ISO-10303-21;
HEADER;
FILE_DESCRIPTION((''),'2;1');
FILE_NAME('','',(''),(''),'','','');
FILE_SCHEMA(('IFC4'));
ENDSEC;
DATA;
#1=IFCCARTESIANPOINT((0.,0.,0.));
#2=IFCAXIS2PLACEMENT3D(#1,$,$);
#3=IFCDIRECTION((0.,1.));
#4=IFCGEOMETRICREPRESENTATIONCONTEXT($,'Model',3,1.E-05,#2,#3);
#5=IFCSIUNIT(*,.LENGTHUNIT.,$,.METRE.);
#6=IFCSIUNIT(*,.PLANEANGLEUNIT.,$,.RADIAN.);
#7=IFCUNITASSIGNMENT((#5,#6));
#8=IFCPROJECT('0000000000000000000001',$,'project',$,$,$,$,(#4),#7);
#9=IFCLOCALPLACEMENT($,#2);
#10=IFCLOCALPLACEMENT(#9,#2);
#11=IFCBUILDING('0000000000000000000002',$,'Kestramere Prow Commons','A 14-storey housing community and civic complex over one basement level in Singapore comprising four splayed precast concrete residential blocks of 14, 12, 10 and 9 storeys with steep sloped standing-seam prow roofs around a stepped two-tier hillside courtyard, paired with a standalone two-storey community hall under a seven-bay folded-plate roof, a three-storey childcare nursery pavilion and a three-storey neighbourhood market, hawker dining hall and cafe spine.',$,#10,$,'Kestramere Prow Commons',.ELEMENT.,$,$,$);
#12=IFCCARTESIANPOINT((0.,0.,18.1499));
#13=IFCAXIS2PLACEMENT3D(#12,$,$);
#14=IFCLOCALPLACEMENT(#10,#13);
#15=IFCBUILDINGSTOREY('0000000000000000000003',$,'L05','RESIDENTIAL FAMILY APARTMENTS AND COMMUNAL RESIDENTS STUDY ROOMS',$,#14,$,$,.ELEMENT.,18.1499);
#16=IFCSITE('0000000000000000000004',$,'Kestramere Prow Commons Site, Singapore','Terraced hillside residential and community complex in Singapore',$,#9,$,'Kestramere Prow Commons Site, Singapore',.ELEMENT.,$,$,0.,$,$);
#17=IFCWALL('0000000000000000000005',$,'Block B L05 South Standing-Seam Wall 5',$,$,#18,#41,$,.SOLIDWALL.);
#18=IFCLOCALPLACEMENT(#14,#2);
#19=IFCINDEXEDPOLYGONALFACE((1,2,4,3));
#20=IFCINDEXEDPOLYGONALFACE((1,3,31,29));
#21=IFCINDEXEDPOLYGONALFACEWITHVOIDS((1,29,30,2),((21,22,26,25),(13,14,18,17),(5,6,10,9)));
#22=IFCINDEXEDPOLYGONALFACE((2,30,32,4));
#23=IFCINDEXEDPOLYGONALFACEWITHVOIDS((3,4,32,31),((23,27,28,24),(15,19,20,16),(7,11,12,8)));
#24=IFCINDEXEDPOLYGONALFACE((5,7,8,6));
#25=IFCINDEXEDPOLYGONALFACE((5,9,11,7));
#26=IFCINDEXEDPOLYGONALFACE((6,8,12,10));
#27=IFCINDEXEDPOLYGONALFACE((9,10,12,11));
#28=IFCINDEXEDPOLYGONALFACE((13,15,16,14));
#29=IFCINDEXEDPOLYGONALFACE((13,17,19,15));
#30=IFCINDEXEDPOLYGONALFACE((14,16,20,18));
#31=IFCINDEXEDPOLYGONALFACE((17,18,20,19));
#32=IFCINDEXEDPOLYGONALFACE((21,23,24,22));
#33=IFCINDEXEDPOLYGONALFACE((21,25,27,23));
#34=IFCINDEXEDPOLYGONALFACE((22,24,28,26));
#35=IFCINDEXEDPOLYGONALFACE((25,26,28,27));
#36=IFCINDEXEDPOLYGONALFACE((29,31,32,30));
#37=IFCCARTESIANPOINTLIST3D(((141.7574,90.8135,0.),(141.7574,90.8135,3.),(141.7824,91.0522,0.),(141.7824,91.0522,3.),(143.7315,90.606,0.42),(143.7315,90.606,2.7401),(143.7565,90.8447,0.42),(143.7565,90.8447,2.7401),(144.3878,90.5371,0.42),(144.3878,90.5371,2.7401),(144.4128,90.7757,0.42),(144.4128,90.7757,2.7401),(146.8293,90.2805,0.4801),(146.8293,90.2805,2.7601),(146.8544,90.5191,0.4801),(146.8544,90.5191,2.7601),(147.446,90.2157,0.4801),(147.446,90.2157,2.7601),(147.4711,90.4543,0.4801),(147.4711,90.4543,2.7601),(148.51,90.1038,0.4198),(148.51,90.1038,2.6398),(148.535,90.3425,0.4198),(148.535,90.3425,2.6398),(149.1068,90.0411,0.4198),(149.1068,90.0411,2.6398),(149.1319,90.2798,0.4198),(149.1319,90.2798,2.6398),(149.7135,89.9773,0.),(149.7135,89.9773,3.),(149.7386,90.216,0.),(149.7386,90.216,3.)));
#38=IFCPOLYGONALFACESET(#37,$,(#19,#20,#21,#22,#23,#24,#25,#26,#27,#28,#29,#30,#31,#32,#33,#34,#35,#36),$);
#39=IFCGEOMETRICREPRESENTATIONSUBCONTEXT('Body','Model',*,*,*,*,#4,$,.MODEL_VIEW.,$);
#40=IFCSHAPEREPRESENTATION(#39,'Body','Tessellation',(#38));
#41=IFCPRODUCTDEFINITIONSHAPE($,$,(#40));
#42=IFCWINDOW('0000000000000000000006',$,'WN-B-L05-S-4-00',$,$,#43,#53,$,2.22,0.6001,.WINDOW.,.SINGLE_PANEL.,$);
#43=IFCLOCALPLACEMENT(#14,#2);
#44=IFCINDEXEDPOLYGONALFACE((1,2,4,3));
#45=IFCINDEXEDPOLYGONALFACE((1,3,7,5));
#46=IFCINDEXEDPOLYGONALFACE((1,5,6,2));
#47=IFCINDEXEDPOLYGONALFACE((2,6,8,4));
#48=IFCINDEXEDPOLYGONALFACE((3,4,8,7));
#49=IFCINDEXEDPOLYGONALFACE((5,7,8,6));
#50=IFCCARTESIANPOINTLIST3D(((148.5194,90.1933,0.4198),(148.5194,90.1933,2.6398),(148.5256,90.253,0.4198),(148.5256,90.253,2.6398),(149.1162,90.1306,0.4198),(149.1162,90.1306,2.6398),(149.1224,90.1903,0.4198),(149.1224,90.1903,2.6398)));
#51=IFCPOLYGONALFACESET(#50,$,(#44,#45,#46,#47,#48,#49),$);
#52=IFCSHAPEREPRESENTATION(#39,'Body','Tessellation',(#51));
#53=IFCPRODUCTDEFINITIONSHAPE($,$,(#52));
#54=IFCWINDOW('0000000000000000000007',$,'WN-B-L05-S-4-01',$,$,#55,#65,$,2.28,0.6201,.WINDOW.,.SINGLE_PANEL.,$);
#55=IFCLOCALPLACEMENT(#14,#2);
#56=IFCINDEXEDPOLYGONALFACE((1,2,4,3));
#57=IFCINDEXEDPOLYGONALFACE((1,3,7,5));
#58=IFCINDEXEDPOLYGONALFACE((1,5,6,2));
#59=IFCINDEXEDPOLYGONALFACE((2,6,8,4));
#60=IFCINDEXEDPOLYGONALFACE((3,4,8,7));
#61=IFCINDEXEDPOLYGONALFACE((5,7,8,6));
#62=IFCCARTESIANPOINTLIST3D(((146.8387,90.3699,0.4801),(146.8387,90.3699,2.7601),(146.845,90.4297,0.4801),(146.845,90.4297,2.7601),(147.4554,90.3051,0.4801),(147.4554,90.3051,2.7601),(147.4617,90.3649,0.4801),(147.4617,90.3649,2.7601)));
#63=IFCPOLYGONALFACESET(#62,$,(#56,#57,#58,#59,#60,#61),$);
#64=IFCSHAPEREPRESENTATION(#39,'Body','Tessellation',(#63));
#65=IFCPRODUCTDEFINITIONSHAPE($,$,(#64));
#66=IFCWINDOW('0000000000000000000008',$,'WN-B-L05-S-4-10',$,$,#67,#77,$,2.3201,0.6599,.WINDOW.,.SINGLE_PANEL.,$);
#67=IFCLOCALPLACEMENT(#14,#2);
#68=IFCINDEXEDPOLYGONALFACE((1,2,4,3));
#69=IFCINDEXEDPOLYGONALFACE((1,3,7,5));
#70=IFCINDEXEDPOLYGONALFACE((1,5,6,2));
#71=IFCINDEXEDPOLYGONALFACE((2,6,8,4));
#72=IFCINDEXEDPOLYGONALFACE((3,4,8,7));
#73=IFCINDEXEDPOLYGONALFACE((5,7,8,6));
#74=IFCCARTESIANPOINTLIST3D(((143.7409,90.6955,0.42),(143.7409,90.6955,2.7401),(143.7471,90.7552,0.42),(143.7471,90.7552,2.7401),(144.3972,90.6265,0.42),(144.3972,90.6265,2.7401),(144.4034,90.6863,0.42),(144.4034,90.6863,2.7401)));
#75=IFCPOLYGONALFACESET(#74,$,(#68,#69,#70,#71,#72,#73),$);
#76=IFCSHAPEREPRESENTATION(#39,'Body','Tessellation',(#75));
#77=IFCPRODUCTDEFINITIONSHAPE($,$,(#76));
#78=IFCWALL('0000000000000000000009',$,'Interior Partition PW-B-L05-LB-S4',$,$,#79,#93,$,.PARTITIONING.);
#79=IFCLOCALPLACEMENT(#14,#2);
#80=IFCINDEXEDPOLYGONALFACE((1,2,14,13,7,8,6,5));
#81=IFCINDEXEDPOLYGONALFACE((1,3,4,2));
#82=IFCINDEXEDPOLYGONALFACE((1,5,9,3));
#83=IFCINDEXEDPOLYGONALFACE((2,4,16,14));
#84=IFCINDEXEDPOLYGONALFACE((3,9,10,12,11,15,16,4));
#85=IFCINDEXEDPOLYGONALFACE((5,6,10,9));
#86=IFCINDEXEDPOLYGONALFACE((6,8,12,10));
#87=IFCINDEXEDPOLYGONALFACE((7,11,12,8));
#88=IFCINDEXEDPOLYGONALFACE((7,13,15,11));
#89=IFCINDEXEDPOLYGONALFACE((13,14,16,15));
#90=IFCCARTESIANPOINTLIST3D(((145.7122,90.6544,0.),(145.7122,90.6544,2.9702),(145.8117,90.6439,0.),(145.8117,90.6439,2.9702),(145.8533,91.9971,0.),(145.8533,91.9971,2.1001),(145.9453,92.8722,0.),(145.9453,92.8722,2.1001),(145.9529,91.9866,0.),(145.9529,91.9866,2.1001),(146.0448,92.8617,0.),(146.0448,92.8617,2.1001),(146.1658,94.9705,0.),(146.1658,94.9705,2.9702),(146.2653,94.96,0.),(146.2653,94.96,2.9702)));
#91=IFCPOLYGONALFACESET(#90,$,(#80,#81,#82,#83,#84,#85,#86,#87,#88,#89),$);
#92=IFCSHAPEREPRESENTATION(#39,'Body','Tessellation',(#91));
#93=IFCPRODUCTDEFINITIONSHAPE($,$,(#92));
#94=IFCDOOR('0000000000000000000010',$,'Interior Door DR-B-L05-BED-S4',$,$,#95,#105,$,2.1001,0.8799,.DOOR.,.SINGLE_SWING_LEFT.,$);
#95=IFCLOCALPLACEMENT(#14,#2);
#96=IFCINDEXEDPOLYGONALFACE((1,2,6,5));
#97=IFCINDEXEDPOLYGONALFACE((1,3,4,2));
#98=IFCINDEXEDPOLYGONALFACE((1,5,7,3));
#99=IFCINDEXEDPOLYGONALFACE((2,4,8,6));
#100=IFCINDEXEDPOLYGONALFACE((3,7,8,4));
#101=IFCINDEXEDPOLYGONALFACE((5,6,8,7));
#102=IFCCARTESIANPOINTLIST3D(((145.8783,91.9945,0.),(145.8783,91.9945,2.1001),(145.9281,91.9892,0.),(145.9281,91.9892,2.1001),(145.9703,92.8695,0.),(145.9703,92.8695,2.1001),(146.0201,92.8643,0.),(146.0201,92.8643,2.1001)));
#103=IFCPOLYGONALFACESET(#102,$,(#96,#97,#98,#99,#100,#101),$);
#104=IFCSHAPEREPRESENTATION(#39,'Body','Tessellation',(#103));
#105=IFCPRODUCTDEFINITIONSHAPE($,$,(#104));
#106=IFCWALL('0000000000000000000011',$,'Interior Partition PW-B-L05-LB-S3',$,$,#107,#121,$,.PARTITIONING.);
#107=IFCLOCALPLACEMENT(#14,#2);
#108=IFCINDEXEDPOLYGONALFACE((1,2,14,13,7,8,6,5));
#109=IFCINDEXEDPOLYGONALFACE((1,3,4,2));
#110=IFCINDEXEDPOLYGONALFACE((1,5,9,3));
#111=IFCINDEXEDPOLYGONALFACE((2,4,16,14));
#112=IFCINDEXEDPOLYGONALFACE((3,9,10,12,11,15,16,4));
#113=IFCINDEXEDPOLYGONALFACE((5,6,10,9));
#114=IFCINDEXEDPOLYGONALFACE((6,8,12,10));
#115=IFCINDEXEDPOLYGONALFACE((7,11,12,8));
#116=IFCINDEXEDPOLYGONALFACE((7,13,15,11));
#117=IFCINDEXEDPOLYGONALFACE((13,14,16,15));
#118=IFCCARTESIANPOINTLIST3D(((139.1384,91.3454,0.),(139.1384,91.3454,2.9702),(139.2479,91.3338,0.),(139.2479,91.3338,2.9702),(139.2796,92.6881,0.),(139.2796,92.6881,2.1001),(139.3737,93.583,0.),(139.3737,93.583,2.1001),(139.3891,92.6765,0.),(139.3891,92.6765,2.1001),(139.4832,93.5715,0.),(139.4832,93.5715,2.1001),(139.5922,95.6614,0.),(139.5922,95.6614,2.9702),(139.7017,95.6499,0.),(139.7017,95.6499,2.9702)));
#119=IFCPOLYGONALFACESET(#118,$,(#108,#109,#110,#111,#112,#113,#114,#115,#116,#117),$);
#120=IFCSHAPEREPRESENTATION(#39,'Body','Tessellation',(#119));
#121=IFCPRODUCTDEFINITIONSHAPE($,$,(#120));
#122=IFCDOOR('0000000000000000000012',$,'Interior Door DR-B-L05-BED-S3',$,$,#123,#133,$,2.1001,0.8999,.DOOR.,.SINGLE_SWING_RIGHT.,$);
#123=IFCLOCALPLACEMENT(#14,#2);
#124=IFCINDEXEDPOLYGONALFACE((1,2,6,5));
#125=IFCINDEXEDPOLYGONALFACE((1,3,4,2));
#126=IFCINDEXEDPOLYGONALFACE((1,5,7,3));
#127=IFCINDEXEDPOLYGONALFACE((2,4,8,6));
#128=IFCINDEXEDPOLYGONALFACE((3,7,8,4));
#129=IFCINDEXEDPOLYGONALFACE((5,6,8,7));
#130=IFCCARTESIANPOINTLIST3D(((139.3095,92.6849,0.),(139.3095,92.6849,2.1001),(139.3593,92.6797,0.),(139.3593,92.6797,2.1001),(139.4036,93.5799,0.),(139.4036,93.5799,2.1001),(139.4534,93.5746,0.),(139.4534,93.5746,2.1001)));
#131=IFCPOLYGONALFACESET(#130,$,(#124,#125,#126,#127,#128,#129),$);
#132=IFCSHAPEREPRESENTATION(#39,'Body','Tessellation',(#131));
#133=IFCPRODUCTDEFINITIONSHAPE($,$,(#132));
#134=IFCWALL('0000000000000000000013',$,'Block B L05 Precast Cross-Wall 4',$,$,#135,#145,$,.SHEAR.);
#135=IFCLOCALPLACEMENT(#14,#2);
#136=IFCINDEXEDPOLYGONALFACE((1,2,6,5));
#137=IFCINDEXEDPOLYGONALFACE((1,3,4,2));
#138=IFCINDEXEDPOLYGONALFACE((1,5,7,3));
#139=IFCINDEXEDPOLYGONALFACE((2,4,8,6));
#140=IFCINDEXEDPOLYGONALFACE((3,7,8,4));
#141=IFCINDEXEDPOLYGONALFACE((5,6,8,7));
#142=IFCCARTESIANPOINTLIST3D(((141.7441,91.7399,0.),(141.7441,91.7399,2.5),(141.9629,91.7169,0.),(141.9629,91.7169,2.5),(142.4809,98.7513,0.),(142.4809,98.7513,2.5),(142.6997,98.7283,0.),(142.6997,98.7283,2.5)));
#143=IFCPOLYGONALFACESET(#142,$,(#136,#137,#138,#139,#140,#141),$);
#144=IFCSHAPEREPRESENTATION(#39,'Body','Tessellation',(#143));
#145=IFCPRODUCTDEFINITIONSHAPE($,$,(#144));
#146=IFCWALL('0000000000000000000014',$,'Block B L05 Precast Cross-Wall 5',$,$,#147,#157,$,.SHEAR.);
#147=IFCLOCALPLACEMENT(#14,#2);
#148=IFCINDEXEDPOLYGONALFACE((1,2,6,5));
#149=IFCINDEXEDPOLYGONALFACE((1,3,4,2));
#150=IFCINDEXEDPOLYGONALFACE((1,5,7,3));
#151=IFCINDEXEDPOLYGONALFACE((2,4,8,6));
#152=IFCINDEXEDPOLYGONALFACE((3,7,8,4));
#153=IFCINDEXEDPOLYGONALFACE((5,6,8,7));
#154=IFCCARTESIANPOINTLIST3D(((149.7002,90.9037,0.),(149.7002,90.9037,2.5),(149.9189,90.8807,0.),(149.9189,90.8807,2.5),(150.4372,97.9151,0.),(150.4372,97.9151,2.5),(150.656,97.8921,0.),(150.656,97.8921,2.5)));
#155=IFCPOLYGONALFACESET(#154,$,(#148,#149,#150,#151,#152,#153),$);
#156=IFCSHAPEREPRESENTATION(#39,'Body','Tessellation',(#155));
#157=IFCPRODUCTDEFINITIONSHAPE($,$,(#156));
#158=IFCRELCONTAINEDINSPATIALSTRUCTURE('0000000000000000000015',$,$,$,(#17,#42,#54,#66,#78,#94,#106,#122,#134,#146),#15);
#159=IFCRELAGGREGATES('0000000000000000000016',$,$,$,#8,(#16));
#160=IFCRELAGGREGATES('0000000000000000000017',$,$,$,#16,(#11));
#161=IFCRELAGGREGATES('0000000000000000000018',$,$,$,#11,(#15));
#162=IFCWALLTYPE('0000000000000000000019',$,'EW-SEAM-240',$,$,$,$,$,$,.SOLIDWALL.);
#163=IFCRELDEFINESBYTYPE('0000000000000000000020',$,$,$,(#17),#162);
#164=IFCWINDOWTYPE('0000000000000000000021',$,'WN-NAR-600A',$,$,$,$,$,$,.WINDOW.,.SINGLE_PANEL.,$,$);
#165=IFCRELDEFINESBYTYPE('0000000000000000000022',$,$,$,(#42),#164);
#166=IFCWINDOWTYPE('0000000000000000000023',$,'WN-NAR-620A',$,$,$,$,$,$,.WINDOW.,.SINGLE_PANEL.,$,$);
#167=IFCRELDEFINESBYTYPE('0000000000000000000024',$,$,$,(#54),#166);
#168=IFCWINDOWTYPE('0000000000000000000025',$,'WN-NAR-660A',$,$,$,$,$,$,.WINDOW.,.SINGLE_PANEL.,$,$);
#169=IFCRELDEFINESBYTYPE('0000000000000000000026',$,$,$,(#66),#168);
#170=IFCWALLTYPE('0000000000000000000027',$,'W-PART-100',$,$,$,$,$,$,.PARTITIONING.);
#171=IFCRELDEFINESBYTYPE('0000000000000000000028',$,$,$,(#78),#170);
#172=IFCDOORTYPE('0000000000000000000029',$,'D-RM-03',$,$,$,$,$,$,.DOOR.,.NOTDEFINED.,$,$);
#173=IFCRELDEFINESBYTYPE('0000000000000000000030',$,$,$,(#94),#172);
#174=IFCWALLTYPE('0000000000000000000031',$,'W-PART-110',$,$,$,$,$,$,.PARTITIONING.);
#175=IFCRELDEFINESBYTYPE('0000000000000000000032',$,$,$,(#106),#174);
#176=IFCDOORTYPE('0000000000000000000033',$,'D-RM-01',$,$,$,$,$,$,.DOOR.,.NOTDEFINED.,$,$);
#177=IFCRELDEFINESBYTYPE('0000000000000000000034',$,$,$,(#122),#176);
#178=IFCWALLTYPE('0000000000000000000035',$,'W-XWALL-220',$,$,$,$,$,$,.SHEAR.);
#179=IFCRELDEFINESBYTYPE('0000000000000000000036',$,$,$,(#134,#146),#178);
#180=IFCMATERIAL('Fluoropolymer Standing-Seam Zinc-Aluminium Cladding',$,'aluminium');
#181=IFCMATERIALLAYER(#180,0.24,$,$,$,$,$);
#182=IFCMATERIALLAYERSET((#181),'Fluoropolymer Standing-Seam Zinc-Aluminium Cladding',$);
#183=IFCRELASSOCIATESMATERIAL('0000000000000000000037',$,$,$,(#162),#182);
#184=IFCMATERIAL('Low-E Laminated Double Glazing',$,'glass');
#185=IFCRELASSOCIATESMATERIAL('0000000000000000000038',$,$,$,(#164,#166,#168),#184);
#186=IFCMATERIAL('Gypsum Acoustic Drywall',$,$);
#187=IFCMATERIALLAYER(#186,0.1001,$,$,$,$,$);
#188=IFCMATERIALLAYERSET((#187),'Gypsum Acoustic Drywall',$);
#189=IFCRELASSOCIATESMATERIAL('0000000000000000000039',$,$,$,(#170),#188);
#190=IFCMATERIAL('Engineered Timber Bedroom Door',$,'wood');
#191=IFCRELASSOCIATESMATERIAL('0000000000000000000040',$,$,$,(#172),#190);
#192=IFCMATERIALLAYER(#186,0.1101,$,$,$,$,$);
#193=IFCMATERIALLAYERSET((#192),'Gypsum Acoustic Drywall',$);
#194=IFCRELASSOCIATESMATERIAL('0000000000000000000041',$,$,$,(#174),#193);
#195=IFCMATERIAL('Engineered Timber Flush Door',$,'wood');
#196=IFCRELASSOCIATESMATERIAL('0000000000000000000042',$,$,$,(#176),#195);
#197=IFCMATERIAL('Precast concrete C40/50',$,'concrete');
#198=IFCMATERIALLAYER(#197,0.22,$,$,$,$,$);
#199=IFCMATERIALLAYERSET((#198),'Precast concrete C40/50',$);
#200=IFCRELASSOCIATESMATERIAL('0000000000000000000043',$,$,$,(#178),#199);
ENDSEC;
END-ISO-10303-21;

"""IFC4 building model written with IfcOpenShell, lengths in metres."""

from ifc_helpers import new_model, si_unit, direction, frame, frame_2d, origin, place, context, subcontext, project, spatial, rectangle, extrude, material, layer, layer_set, type_object, element, fill, save


model = new_model("IFC4")

# Units and contexts
model_context = context("Model", 3, precision=1e-05, world=origin(), true_north=direction((0.0, 1.0)))
body_context = subcontext(model_context, "Body", "Model", "MODEL_VIEW")
ifc_project = project(units=[si_unit("LENGTHUNIT", "METRE"), si_unit("PLANEANGLEUNIT", "RADIAN")], contexts=[model_context])

# Site, building, storey
site_placement = place(None, origin())
site = spatial("IfcSite", under=ifc_project, at=site_placement, Name="Kestramere Prow Commons Site, Singapore", Description="Terraced hillside residential and community complex in Singapore", LongName="Kestramere Prow Commons Site, Singapore", CompositionType="ELEMENT", RefElevation=0.0)
building_placement = place(site_placement, origin())
building = spatial("IfcBuilding", under=site, at=building_placement, Name="Kestramere Prow Commons", Description="A 14-storey housing community and civic complex over one basement level in Singapore comprising four splayed precast concrete residential blocks of 14, 12, 10 and 9 storeys with steep sloped standing-seam prow roofs around a stepped two-tier hillside courtyard, paired with a standalone two-storey community hall under a seven-bay folded-plate roof, a three-storey childcare nursery pavilion and a three-storey neighbourhood market, hawker dining hall and cafe spine.", LongName="Kestramere Prow Commons", CompositionType="ELEMENT")
storey_placement = place(building_placement, frame((0.0, 0.0, 18.1499)))
storey = spatial("IfcBuildingStorey", under=building, at=storey_placement, Name="L05", Description="RESIDENTIAL FAMILY APARTMENTS AND COMMUNAL RESIDENTS STUDY ROOMS", CompositionType="ELEMENT", Elevation=18.1499)

# Shared definitions
ifc_material_1 = material(Name="Precast concrete C40/50", Category="concrete")

# Shared definitions
ifc_material_2 = material(Name="Low-E Laminated Double Glazing", Category="glass")

# Shared definitions
ifc_material_3 = material(Name="Fluoropolymer Standing-Seam Zinc-Aluminium Cladding", Category="aluminium")
ifc_layer_1 = layer(ifc_material_3, 0.24)
ifc_layer_set_1 = layer_set([ifc_layer_1], Name="Fluoropolymer Standing-Seam Zinc-Aluminium Cladding")
wall_type_1 = type_object("IfcWallType", Name="EW-SEAM-240", PredefinedType="SOLIDWALL", material=ifc_layer_set_1)

# Wall, openings, windows
wall_1_placement = place(storey_placement, frame((149.7261, 90.0967, 0.0), z_axis=(0.0, 0.0, 1.0), x_axis=(-0.994523, 0.104521, 0.0)))
wall_1 = element("IfcWall", 1, at=wall_1_placement, inside=storey, type_object=wall_type_1, Name="Block B L05 South Standing-Seam Wall 5", PredefinedType="SOLIDWALL", context=body_context, shape_type="SweptSolid", body=[
    extrude(rectangle(XDim=8.0, YDim=0.24, at=frame_2d((4.0, 0.0))), origin(), (0.0, 0.0, 1.0), 3.0),
])
opening_1_placement = place(wall_1_placement, frame((0.6101, 0.0, 0.4199)))
opening_1 = element("IfcOpeningElement", 2, at=opening_1_placement, cuts=wall_1, PredefinedType="OPENING", context=body_context, shape_type="SweptSolid", body=[
    extrude(rectangle(XDim=0.6001, YDim=2.22, at=frame_2d((0.3, 1.1099))), frame((0.0, 0.135, 0.0), z_axis=(0.0, -1.0, 0.0), x_axis=(1.0, 0.0, 0.0)), (0.0, 0.0, 1.0), 0.27),
])
opening_2_placement = place(wall_1_placement, frame((2.28, 0.0, 0.48)))
opening_2 = element("IfcOpeningElement", 3, at=opening_2_placement, cuts=wall_1, PredefinedType="OPENING", context=body_context, shape_type="SweptSolid", body=[
    extrude(rectangle(XDim=0.6201, YDim=2.28, at=frame_2d((0.3101, 1.1401))), frame((0.0, 0.135, 0.0), z_axis=(0.0, -1.0, 0.0), x_axis=(1.0, 0.0, 0.0)), (0.0, 0.0, 1.0), 0.27),
])
opening_3_placement = place(wall_1_placement, frame((5.355, 0.0, 0.4199)))
opening_3 = element("IfcOpeningElement", 4, at=opening_3_placement, cuts=wall_1, PredefinedType="OPENING", context=body_context, shape_type="SweptSolid", body=[
    extrude(rectangle(XDim=0.6599, YDim=2.3201, at=frame_2d((0.3301, 1.1602))), frame((0.0, 0.135, 0.0), z_axis=(0.0, -1.0, 0.0), x_axis=(1.0, 0.0, 0.0)), (0.0, 0.0, 1.0), 0.27),
])
window_type_1 = type_object("IfcWindowType", Name="WN-NAR-600A", PartitioningType="SINGLE_PANEL", PredefinedType="WINDOW", material=ifc_material_2)
window_1_placement = place(opening_1_placement, origin())
window_1 = element("IfcWindow", 5, at=window_1_placement, inside=storey, type_object=window_type_1, Name="WN-B-L05-S-4-00", OverallHeight=2.22, OverallWidth=0.6001, PartitioningType="SINGLE_PANEL", PredefinedType="WINDOW", context=body_context, shape_type="SweptSolid", body=[
    extrude(rectangle(XDim=0.6001, YDim=2.22, at=frame_2d((0.3, 1.1099))), frame((0.0, 0.03, 0.0), z_axis=(0.0, -1.0, 0.0), x_axis=(1.0, 0.0, 0.0)), (0.0, 0.0, 1.0), 0.0601),
])
fill(opening_1, window_1)
window_type_2 = type_object("IfcWindowType", Name="WN-NAR-620A", PartitioningType="SINGLE_PANEL", PredefinedType="WINDOW", material=ifc_material_2)
window_2_placement = place(opening_2_placement, origin())
window_2 = element("IfcWindow", 6, at=window_2_placement, inside=storey, type_object=window_type_2, Name="WN-B-L05-S-4-01", OverallHeight=2.28, OverallWidth=0.6201, PartitioningType="SINGLE_PANEL", PredefinedType="WINDOW", context=body_context, shape_type="SweptSolid", body=[
    extrude(rectangle(XDim=0.6201, YDim=2.28, at=frame_2d((0.3101, 1.1401))), frame((0.0, 0.03, 0.0), z_axis=(0.0, -1.0, 0.0), x_axis=(1.0, 0.0, 0.0)), (0.0, 0.0, 1.0), 0.0601),
])
fill(opening_2, window_2)
window_type_3 = type_object("IfcWindowType", Name="WN-NAR-660A", PartitioningType="SINGLE_PANEL", PredefinedType="WINDOW", material=ifc_material_2)
window_3_placement = place(opening_3_placement, origin())
window_3 = element("IfcWindow", 7, at=window_3_placement, inside=storey, type_object=window_type_3, Name="WN-B-L05-S-4-10", OverallHeight=2.3201, OverallWidth=0.6599, PartitioningType="SINGLE_PANEL", PredefinedType="WINDOW", context=body_context, shape_type="SweptSolid", body=[
    extrude(rectangle(XDim=0.6599, YDim=2.3201, at=frame_2d((0.3301, 1.1602))), frame((0.0, 0.03, 0.0), z_axis=(0.0, -1.0, 0.0), x_axis=(1.0, 0.0, 0.0)), (0.0, 0.0, 1.0), 0.0601),
])
fill(opening_3, window_3)

# Walls, openings, doors
ifc_material_4 = material(Name="Gypsum Acoustic Drywall")
ifc_layer_2 = layer(ifc_material_4, 0.1001)
ifc_layer_set_2 = layer_set([ifc_layer_2], Name="Gypsum Acoustic Drywall")
wall_type_2 = type_object("IfcWallType", Name="W-PART-100", PredefinedType="PARTITIONING", material=ifc_layer_set_2)
wall_2_placement = place(storey_placement, frame((145.762, 90.6492, 0.0), z_axis=(0.0, 0.0, 1.0), x_axis=(0.104521, 0.994523, 0.0)))
wall_2 = element("IfcWall", 8, at=wall_2_placement, inside=storey, type_object=wall_type_2, Name="Interior Partition PW-B-L05-LB-S4", PredefinedType="PARTITIONING", context=body_context, shape_type="SweptSolid", body=[
    extrude(rectangle(XDim=4.3398, YDim=0.1001, at=frame_2d((2.1699, 0.0))), origin(), (0.0, 0.0, 1.0), 2.9702),
])
opening_4_placement = place(wall_2_placement, frame((1.3501, 0.0, 0.0)))
opening_4 = element("IfcOpeningElement", 9, at=opening_4_placement, cuts=wall_2, PredefinedType="OPENING", context=body_context, shape_type="SweptSolid", body=[
    extrude(rectangle(XDim=0.8799, YDim=2.1001, at=frame_2d((0.4399, 1.05))), frame((0.0, 0.0649, 0.0), z_axis=(0.0, -1.0, 0.0), x_axis=(1.0, 0.0, 0.0)), (0.0, 0.0, 1.0), 0.1301),
])
ifc_material_5 = material(Name="Engineered Timber Bedroom Door", Category="wood")
door_type_1 = type_object("IfcDoorType", Name="D-RM-03", OperationType="NOTDEFINED", PredefinedType="DOOR", material=ifc_material_5)
door_1_placement = place(opening_4_placement, origin())
door_1 = element("IfcDoor", 10, at=door_1_placement, inside=storey, type_object=door_type_1, Name="Interior Door DR-B-L05-BED-S4", OperationType="SINGLE_SWING_LEFT", OverallHeight=2.1001, OverallWidth=0.8799, PredefinedType="DOOR", context=body_context, shape_type="SweptSolid", body=[
    extrude(rectangle(XDim=0.8799, YDim=2.1001, at=frame_2d((0.4399, 1.05))), frame((0.0, 0.0249, 0.0), z_axis=(0.0, -1.0, 0.0), x_axis=(1.0, 0.0, 0.0)), (0.0, 0.0, 1.0), 0.05),
])
fill(opening_4, door_1)
ifc_layer_3 = layer(ifc_material_4, 0.1101)
ifc_layer_set_3 = layer_set([ifc_layer_3], Name="Gypsum Acoustic Drywall")
wall_type_3 = type_object("IfcWallType", Name="W-PART-110", PredefinedType="PARTITIONING", material=ifc_layer_set_3)
wall_3_placement = place(storey_placement, frame((139.1931, 91.3396, 0.0), z_axis=(0.0, 0.0, 1.0), x_axis=(0.104576, 0.994517, 0.0)))
wall_3 = element("IfcWall", 11, at=wall_3_placement, inside=storey, type_object=wall_type_3, Name="Interior Partition PW-B-L05-LB-S3", PredefinedType="PARTITIONING", context=body_context, shape_type="SweptSolid", body=[
    extrude(rectangle(XDim=4.3398, YDim=0.1101, at=frame_2d((2.1699, 0.0))), origin(), (0.0, 0.0, 1.0), 2.9702),
])
opening_5_placement = place(wall_3_placement, frame((1.3501, 0.0, 0.0)))
opening_5 = element("IfcOpeningElement", 12, at=opening_5_placement, cuts=wall_3, PredefinedType="OPENING", context=body_context, shape_type="SweptSolid", body=[
    extrude(rectangle(XDim=0.8999, YDim=2.1001, at=frame_2d((0.45, 1.05))), frame((0.0, 0.0701, 0.0), z_axis=(0.0, -1.0, 0.0), x_axis=(1.0, 0.0, 0.0)), (0.0, 0.0, 1.0), 0.1401),
])
ifc_material_6 = material(Name="Engineered Timber Flush Door", Category="wood")
door_type_2 = type_object("IfcDoorType", Name="D-RM-01", OperationType="NOTDEFINED", PredefinedType="DOOR", material=ifc_material_6)
door_2_placement = place(opening_5_placement, origin())
door_2 = element("IfcDoor", 13, at=door_2_placement, inside=storey, type_object=door_type_2, Name="Interior Door DR-B-L05-BED-S3", OperationType="SINGLE_SWING_RIGHT", OverallHeight=2.1001, OverallWidth=0.8999, PredefinedType="DOOR", context=body_context, shape_type="SweptSolid", body=[
    extrude(rectangle(XDim=0.8999, YDim=2.1001, at=frame_2d((0.45, 1.05))), frame((0.0, 0.0249, 0.0), z_axis=(0.0, -1.0, 0.0), x_axis=(1.0, 0.0, 0.0)), (0.0, 0.0, 1.0), 0.05),
])
fill(opening_5, door_2)

# Walls
ifc_layer_4 = layer(ifc_material_1, 0.22)
ifc_layer_set_4 = layer_set([ifc_layer_4], Name="Precast concrete C40/50")
wall_type_4 = type_object("IfcWallType", Name="W-XWALL-220", PredefinedType="SHEAR", material=ifc_layer_set_4)
for number, where, z_axis, x_axis, name in (
    (14, (141.8535, 91.7285, 0.0), (0.0, 0.0, 1.0), (0.104512, 0.994524, 0.0), "Block B L05 Precast Cross-Wall 4"),
    (15, (149.8096, 90.8923, 0.0), (0.0, 0.0, 1.0), (0.104546, 0.99452, 0.0), "Block B L05 Precast Cross-Wall 5"),
):
    element("IfcWall", number, at=place(storey_placement, frame(where, z_axis=z_axis, x_axis=x_axis)), inside=storey, type_object=wall_type_4, Name=name, PredefinedType="SHEAR", context=body_context, shape_type="SweptSolid", body=[
        extrude(rectangle(XDim=7.05, YDim=0.22, at=frame_2d((3.5249, 0.0))), origin(), (0.0, 0.0, 1.0), 2.5),
    ])

save(model, "model.ifc")
